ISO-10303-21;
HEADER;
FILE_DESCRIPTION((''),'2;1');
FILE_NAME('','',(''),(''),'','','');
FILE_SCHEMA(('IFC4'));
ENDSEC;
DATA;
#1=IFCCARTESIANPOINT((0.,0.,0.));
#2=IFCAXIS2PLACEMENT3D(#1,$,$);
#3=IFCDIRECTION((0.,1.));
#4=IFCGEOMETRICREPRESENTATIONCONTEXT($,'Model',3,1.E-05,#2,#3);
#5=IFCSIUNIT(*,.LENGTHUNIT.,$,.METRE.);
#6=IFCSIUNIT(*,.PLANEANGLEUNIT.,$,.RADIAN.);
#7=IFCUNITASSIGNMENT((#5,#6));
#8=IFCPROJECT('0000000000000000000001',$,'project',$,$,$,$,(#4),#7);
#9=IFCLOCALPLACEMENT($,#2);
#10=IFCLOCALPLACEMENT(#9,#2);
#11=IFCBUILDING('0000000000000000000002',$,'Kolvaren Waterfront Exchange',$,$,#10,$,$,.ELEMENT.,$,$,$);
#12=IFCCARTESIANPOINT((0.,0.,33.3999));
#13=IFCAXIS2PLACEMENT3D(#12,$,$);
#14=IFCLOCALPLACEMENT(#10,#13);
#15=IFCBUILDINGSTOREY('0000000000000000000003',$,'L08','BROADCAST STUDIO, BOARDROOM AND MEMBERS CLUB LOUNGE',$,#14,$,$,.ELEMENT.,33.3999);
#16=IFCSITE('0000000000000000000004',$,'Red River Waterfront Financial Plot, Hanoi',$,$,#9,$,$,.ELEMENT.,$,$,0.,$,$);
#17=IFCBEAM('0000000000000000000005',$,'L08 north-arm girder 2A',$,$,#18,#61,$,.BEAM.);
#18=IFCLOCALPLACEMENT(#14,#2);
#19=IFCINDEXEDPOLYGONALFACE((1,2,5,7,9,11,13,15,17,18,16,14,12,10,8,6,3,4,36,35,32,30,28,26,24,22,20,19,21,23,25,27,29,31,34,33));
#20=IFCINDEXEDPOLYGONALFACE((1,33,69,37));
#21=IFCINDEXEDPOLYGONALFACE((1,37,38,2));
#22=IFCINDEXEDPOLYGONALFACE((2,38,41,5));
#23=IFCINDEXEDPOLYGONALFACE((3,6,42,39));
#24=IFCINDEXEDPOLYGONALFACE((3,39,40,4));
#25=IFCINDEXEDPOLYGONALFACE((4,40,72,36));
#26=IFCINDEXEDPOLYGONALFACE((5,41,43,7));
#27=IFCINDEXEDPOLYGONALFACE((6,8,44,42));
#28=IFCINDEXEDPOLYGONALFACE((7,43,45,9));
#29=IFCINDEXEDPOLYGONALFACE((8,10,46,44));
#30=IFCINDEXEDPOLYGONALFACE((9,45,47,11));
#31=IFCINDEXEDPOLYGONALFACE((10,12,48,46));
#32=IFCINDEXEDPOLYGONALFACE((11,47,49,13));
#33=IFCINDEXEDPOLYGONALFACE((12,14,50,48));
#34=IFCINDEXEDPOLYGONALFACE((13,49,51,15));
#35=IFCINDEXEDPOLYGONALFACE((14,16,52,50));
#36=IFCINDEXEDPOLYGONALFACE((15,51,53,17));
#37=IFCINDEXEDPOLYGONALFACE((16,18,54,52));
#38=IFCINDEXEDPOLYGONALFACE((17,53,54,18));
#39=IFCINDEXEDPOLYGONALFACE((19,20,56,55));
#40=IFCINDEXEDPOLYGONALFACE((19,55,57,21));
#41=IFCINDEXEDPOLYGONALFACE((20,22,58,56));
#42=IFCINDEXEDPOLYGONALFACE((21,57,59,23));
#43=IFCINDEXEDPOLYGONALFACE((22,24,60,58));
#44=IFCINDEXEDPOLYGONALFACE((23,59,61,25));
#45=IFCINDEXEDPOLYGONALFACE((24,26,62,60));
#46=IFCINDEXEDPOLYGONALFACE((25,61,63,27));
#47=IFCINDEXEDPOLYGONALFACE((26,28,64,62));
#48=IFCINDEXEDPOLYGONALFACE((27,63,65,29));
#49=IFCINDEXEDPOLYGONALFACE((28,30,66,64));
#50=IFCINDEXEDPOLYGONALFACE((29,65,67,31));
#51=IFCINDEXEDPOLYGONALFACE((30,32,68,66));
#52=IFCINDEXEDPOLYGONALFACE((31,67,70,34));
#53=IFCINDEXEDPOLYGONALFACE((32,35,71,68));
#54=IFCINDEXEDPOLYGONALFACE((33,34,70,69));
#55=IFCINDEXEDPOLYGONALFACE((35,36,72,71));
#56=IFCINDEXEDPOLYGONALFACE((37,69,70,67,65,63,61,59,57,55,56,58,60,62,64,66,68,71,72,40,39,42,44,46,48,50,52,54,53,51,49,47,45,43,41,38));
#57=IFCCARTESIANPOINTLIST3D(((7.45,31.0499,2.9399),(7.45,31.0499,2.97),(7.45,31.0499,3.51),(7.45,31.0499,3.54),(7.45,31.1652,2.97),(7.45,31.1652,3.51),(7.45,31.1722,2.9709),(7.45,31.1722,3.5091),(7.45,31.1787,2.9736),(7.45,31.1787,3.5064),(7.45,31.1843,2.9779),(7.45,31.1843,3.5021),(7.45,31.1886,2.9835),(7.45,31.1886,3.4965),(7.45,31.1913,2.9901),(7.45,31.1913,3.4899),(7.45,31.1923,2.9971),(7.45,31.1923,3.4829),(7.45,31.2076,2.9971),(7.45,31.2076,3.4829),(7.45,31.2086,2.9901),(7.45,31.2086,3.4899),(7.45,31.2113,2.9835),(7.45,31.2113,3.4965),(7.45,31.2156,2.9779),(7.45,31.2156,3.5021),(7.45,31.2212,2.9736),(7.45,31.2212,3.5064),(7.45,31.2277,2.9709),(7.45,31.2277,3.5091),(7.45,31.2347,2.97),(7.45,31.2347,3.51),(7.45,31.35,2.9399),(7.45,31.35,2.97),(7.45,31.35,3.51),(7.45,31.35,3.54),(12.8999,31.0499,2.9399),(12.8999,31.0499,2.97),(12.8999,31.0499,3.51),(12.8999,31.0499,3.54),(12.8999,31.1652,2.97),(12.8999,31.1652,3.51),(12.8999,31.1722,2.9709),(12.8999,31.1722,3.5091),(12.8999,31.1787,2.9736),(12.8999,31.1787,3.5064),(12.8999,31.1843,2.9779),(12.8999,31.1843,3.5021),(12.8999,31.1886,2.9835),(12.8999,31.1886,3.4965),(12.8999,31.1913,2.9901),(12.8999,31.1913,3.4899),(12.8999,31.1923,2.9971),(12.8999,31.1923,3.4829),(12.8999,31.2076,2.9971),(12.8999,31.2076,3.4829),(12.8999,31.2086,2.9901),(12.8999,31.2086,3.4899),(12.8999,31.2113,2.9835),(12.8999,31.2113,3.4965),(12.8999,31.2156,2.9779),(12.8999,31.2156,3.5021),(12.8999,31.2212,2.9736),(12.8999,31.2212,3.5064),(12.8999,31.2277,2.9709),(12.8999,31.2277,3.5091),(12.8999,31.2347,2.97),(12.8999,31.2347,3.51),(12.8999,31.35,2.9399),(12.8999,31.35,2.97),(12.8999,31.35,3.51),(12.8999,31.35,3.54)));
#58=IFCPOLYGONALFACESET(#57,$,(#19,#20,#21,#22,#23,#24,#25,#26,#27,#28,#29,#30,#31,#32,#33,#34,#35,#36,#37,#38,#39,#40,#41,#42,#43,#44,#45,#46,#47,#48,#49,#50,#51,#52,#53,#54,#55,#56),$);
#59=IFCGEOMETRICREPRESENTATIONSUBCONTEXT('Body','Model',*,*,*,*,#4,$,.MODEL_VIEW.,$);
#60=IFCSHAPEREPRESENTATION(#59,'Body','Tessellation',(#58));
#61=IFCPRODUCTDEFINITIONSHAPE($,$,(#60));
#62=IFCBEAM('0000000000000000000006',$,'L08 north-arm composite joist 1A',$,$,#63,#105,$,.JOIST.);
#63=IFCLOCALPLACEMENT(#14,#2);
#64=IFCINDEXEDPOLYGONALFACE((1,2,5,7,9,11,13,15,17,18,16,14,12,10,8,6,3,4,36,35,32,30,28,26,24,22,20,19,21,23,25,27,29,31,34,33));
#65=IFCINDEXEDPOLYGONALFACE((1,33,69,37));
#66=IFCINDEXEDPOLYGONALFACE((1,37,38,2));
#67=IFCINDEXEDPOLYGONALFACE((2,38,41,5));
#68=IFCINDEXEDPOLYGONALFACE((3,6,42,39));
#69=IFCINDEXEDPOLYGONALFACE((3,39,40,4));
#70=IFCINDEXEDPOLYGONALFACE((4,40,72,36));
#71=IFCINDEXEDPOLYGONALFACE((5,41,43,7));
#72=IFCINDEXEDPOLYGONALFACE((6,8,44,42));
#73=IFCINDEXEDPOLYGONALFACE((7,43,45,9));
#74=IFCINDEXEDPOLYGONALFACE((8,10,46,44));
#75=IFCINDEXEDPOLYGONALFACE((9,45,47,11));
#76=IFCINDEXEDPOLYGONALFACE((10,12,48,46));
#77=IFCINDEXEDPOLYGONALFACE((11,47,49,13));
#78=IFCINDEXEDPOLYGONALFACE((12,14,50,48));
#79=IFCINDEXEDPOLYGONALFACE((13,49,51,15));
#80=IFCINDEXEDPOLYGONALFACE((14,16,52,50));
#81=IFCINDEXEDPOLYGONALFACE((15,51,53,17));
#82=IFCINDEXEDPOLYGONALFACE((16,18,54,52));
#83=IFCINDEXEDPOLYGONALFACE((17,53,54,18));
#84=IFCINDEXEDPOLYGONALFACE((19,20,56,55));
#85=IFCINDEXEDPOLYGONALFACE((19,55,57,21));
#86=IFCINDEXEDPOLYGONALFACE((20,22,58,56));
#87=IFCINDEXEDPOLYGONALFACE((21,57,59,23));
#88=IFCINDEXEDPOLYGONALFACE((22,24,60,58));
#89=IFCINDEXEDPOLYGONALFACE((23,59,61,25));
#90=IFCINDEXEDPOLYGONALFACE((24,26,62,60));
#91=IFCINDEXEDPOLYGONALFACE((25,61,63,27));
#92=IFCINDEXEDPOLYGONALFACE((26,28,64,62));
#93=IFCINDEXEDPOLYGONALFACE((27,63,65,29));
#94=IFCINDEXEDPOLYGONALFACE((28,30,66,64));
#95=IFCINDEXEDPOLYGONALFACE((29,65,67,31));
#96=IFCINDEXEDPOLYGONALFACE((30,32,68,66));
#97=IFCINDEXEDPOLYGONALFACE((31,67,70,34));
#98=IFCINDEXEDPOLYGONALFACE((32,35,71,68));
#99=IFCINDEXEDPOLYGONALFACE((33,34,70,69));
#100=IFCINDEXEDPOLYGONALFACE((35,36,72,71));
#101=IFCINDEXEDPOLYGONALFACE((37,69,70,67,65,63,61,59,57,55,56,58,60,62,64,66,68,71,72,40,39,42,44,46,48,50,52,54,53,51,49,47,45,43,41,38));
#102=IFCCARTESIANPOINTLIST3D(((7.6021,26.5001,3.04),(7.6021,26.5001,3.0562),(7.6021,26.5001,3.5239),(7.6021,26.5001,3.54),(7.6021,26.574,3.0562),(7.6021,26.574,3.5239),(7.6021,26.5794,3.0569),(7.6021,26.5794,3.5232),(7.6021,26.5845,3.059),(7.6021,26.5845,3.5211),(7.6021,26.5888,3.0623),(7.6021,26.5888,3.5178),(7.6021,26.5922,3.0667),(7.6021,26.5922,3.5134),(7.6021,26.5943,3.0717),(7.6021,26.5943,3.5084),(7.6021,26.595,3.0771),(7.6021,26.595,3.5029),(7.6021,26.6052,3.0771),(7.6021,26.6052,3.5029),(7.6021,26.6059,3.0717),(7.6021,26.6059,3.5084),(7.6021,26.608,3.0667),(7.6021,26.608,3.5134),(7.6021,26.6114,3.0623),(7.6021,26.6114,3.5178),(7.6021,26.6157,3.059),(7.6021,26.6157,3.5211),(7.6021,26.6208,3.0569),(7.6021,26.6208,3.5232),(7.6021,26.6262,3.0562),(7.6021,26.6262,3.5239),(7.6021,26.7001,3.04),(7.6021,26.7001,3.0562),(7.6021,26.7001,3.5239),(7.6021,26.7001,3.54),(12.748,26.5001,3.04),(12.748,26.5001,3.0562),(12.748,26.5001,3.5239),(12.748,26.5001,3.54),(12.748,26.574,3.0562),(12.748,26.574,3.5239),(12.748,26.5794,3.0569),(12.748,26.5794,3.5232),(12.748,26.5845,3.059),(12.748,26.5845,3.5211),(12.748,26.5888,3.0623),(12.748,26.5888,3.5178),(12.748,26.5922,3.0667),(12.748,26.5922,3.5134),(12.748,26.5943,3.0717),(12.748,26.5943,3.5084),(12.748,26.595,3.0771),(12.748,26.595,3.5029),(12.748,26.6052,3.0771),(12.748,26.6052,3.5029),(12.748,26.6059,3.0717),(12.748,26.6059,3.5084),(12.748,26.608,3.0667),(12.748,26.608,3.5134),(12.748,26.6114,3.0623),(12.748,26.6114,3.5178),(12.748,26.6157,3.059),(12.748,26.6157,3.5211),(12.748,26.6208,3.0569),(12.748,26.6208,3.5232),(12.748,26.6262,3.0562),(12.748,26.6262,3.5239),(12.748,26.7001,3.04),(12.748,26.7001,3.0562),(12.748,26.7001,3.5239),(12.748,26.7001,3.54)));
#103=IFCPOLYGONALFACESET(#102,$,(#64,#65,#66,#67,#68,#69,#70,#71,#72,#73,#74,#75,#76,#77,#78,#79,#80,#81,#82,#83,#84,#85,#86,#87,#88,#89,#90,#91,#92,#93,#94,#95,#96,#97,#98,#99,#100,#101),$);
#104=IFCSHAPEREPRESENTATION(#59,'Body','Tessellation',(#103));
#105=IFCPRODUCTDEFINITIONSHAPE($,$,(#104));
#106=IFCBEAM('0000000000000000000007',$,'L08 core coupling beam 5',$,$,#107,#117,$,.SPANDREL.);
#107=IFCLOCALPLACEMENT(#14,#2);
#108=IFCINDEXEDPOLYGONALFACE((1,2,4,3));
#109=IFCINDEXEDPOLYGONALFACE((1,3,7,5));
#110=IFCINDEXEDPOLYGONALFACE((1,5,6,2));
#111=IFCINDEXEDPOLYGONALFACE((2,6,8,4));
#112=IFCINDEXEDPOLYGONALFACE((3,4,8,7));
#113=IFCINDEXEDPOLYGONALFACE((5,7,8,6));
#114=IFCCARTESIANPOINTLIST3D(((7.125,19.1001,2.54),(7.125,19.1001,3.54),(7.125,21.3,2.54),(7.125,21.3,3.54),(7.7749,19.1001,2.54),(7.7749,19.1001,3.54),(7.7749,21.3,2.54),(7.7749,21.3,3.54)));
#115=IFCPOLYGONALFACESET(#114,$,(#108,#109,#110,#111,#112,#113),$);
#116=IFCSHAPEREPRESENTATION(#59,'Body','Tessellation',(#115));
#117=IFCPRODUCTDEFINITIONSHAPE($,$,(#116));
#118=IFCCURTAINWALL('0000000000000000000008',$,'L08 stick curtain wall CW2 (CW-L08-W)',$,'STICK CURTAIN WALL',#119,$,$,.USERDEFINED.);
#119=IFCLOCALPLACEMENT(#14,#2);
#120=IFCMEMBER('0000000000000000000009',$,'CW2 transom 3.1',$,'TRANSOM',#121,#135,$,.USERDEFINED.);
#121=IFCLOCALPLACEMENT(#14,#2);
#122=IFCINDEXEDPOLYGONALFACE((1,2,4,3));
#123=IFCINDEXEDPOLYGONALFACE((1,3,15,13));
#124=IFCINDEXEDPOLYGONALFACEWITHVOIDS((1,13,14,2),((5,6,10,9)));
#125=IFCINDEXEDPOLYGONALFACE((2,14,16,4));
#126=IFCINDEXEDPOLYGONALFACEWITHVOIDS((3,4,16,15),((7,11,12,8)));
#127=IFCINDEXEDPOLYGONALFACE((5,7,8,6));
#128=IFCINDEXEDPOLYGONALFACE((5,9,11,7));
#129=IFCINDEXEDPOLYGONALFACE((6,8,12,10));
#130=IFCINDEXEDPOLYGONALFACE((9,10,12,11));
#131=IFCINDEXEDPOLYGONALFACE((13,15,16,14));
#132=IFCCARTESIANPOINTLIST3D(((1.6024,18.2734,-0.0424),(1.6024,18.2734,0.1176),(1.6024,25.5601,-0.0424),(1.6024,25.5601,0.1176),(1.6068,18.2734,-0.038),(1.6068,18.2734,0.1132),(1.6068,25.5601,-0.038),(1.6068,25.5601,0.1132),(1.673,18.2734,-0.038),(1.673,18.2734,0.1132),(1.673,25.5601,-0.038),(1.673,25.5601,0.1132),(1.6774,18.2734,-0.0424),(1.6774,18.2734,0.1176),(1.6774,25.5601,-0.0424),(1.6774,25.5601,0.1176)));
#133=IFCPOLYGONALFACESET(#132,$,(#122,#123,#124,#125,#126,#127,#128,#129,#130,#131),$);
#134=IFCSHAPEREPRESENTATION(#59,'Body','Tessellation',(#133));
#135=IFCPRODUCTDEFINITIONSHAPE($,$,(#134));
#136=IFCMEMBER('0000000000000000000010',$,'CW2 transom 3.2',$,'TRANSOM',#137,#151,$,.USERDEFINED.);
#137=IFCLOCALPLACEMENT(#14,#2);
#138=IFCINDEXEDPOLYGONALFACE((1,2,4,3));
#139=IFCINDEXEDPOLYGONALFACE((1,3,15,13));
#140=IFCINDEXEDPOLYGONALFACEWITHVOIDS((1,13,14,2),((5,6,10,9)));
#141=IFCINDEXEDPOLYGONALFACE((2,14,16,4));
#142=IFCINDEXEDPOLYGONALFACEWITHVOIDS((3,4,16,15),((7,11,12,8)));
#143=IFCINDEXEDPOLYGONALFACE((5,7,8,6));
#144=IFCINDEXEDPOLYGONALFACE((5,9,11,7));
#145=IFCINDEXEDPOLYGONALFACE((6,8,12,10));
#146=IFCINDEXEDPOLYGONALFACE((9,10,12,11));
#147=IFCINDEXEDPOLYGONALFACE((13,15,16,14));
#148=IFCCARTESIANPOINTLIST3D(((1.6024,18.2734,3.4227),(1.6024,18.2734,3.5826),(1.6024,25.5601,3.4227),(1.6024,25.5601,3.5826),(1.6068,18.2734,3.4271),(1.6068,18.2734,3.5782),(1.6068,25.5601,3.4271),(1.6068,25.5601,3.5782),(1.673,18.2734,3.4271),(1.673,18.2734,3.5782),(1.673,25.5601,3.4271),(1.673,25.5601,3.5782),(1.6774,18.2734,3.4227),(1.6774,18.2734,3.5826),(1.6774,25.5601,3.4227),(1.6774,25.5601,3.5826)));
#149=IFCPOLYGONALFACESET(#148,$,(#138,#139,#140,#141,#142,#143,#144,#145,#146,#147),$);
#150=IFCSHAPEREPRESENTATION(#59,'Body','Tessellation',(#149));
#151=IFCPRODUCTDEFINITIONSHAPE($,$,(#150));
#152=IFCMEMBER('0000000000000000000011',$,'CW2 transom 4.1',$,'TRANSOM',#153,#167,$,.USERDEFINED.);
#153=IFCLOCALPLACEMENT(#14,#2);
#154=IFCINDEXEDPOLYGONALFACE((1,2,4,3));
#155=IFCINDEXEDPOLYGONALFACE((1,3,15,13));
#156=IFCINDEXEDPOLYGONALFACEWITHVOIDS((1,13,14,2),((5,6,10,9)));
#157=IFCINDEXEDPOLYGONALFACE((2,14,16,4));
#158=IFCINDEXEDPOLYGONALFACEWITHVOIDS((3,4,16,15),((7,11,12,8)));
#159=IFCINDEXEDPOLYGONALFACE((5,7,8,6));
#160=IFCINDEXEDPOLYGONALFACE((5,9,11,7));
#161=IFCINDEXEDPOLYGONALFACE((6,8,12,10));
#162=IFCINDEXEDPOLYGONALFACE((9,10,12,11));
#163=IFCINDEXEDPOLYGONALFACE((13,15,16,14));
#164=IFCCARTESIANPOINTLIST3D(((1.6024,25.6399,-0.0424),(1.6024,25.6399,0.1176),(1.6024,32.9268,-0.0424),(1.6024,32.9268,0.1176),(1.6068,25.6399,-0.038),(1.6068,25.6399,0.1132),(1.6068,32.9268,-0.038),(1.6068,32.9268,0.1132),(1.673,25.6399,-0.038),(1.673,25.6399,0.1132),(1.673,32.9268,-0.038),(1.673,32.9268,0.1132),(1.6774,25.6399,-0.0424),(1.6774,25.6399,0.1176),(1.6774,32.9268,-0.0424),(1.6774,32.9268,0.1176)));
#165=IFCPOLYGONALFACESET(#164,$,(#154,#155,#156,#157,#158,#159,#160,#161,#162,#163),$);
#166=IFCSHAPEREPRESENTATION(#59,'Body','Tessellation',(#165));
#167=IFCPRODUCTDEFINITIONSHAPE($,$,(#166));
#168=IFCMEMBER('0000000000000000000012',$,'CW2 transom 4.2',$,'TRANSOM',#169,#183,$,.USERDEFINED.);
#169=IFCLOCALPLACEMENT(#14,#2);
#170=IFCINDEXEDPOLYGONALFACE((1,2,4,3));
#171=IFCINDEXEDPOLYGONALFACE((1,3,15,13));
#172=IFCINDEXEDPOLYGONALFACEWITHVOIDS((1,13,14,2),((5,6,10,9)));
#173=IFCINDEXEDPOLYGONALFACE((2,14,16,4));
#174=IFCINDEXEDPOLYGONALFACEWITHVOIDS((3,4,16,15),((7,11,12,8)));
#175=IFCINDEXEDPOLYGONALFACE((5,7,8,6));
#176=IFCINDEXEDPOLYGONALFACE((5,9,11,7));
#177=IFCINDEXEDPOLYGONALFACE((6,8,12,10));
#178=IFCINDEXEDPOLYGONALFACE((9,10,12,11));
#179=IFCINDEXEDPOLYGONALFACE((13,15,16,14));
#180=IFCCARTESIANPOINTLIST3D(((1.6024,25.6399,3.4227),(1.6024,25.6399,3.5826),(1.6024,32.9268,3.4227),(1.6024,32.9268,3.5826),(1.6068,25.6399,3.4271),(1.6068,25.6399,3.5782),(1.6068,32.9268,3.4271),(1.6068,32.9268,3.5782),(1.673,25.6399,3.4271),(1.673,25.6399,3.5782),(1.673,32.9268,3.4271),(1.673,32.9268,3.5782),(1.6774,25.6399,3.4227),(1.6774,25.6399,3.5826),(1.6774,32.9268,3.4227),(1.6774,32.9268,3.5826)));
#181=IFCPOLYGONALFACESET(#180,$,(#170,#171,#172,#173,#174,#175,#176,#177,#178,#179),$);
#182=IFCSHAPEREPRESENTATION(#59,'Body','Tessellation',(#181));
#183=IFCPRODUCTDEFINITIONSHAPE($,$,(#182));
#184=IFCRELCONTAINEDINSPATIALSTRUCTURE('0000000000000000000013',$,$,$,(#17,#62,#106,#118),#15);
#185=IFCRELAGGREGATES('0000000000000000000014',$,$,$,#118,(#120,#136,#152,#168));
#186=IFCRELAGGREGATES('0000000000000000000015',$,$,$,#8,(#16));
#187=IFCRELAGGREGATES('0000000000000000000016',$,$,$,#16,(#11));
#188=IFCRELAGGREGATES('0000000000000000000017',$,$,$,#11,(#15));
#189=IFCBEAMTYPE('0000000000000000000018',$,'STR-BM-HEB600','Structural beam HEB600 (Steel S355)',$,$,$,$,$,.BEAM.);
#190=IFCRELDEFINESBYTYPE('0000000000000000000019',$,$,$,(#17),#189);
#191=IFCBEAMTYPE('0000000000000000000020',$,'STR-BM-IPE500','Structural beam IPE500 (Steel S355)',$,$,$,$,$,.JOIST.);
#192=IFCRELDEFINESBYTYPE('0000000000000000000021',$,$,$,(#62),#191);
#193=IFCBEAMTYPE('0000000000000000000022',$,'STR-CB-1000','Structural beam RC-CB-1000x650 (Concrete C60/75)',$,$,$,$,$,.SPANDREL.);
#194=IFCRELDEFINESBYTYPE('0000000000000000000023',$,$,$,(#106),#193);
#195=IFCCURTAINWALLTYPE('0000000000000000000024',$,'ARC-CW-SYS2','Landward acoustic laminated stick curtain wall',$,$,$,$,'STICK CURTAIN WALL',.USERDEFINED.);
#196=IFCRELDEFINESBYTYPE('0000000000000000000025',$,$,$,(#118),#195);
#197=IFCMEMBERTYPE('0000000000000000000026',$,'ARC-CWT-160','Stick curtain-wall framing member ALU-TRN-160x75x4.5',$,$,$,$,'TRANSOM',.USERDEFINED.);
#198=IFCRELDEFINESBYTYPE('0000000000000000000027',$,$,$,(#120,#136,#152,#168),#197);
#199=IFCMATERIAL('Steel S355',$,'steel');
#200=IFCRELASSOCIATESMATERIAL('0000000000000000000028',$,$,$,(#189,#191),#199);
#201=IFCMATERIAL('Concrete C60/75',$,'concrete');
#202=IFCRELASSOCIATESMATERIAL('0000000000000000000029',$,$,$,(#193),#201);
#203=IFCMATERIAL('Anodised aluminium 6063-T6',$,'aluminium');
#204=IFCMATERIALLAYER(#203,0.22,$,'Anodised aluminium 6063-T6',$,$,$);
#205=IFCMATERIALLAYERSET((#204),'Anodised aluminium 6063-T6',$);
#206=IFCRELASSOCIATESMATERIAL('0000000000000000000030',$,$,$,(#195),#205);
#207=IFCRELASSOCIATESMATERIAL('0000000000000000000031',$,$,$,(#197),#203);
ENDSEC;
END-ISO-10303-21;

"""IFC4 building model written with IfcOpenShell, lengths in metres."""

from ifc_helpers import new_model, si_unit, direction, frame, origin, origin_with_axes, origin_2d, place, context, subcontext, project, spatial, rectangle, hollow_rectangle, i_section, extrude, source, transform, mapped, material, layer, layer_set, material_profile, profile_set, type_object, element, aggregate, save


model = new_model("IFC4")

# Units and contexts
model_context = context("Model", 3, precision=1e-05, world=origin(), true_north=direction((0.0, 1.0)))
body_context = subcontext(model_context, "Body", "Model", "MODEL_VIEW")
ifc_project = project(units=[si_unit("LENGTHUNIT", "METRE"), si_unit("PLANEANGLEUNIT", "RADIAN")], contexts=[model_context])

# Site, building, storey
site_placement = place(None, origin())
site = spatial("IfcSite", under=ifc_project, at=site_placement, Name="Red River Waterfront Financial Plot, Hanoi", CompositionType="ELEMENT", RefElevation=0.0)
building_placement = place(site_placement, origin())
building = spatial("IfcBuilding", under=site, at=building_placement, Name="Kolvaren Waterfront Exchange", CompositionType="ELEMENT")
storey_placement = place(building_placement, frame((0.0, 0.0, 33.3999)))
storey = spatial("IfcBuildingStorey", under=building, at=storey_placement, Name="L08", Description="BROADCAST STUDIO, BOARDROOM AND MEMBERS CLUB LOUNGE", CompositionType="ELEMENT", Elevation=33.3999)

# Beams
ifc_material_1 = material(Name="Steel S355", Category="steel")
ifc_material_profile_1 = material_profile(ifc_material_1, i_section(OverallWidth=0.3, OverallDepth=0.6001, WebThickness=0.0154, FlangeThickness=0.03, FilletRadius=0.0271, at=origin_2d()), Name="HEB600")
ifc_profile_set_1 = profile_set([ifc_material_profile_1], Name="Steel S355")
beam_type_1 = type_object("IfcBeamType", Name="STR-BM-HEB600", Description="Structural beam HEB600 (Steel S355)", PredefinedType="BEAM", material=ifc_profile_set_1)
for number, where, z_axis, x_axis, name in (
    (1, (7.45, 31.2, 3.24), (1.0, 0.0, 0.0), (0.0, 1.0, 0.0), "L08 north-arm girder 2A"),
):
    element("IfcBeam", number, at=place(storey_placement, frame(where, z_axis=z_axis, x_axis=x_axis)), inside=storey, type_object=beam_type_1, Name=name, PredefinedType="BEAM", context=body_context, shape_type="SweptSolid", body=[
        extrude(i_section(OverallWidth=0.3, OverallDepth=0.6001, WebThickness=0.0154, FlangeThickness=0.03, FilletRadius=0.0271, at=origin_2d()), origin(), (0.0, 0.0, 1.0), 5.45),
    ])
ifc_material_profile_2 = material_profile(ifc_material_1, i_section(OverallWidth=0.2, OverallDepth=0.5, WebThickness=0.0103, FlangeThickness=0.0161, FilletRadius=0.021, at=origin_2d()), Name="IPE500")
ifc_profile_set_2 = profile_set([ifc_material_profile_2], Name="Steel S355")
beam_type_2 = type_object("IfcBeamType", Name="STR-BM-IPE500", Description="Structural beam IPE500 (Steel S355)", PredefinedType="JOIST", material=ifc_profile_set_2)
beam_1_placement = place(storey_placement, frame((7.6021, 26.6001, 3.29), z_axis=(1.0, 0.0, 0.0), x_axis=(0.0, 1.0, 0.0)))
element("IfcBeam", 2, at=beam_1_placement, inside=storey, type_object=beam_type_2, Name="L08 north-arm composite joist 1A", PredefinedType="JOIST", context=body_context, shape_type="SweptSolid", body=[
    extrude(i_section(OverallWidth=0.2, OverallDepth=0.5, WebThickness=0.0103, FlangeThickness=0.0161, FilletRadius=0.021, at=origin_2d()), origin(), (0.0, 0.0, 1.0), 5.146),
])
ifc_material_2 = material(Name="Concrete C60/75", Category="concrete")
ifc_material_profile_3 = material_profile(ifc_material_2, rectangle(XDim=0.6499, YDim=1.0, at=origin_2d()), Name="RC-CB-1000x650")
ifc_profile_set_3 = profile_set([ifc_material_profile_3], Name="Concrete C60/75")
beam_type_3 = type_object("IfcBeamType", Name="STR-CB-1000", Description="Structural beam RC-CB-1000x650 (Concrete C60/75)", PredefinedType="SPANDREL", material=ifc_profile_set_3)
beam_2_placement = place(storey_placement, frame((7.45, 19.1001, 3.04), z_axis=(0.0, 1.0, 0.0), x_axis=(-1.0, 0.0, 0.0)))
element("IfcBeam", 3, at=beam_2_placement, inside=storey, type_object=beam_type_3, Name="L08 core coupling beam 5", PredefinedType="SPANDREL", context=body_context, shape_type="SweptSolid", body=[
    extrude(rectangle(XDim=0.6499, YDim=1.0, at=origin_2d()), origin(), (0.0, 0.0, 1.0), 2.2),
])

# Curtain wall, members
ifc_material_3 = material(Name="Anodised aluminium 6063-T6", Category="aluminium")
ifc_layer_1 = layer(ifc_material_3, 0.22, Name="Anodised aluminium 6063-T6")
ifc_layer_set_1 = layer_set([ifc_layer_1], Name="Anodised aluminium 6063-T6")
curtain_wall_type = type_object("IfcCurtainWallType", Name="ARC-CW-SYS2", Description="Landward acoustic laminated stick curtain wall", ElementType="STICK CURTAIN WALL", PredefinedType="USERDEFINED", material=ifc_layer_set_1)
curtain_wall_placement = place(storey_placement, origin())
curtain_wall = element("IfcCurtainWall", 4, at=curtain_wall_placement, inside=storey, type_object=curtain_wall_type, Name="L08 stick curtain wall CW2 (CW-L08-W)", ObjectType="STICK CURTAIN WALL", PredefinedType="USERDEFINED")
ifc_material_profile_4 = material_profile(ifc_material_3, hollow_rectangle(XDim=0.075, YDim=0.1599, WallThickness=0.0044, at=origin_2d()), Name="ALU-TRN-160x75x4.5")
ifc_profile_set_4 = profile_set([ifc_material_profile_4], Name="Anodised aluminium 6063-T6")
member_type_1 = type_object("IfcMemberType", Name="ARC-CWT-160", Description="Stick curtain-wall framing member ALU-TRN-160x75x4.5", ElementType="TRANSOM", PredefinedType="USERDEFINED", material=ifc_profile_set_4)
shared_shape_1 = source(origin_with_axes(), body_context, "Body", "SweptSolid", [
    extrude(hollow_rectangle(XDim=0.075, YDim=0.1599, WallThickness=0.0044, at=origin_2d()), origin(), (0.0, 0.0, 1.0), 7.2866),
])
member_1_placement = place(storey_placement, frame((1.6399, 18.2734, 0.0376), z_axis=(0.0, 1.0, 0.0), x_axis=(-1.0, 0.0, 0.0)))
member_1 = element("IfcMember", 5, at=member_1_placement, type_object=member_type_1, Name="CW2 transom 3.1", ObjectType="TRANSOM", PredefinedType="USERDEFINED", context=body_context, shape_type="MappedRepresentation", body=[
    mapped(shared_shape_1, transform((0.0, 0.0, 0.0), x_axis=(1.0, 0.0, 0.0), y_axis=(0.0, 1.0, 0.0), z_axis=(0.0, 0.0, 1.0), scale=1.0)),
])
member_2_placement = place(storey_placement, frame((1.6399, 18.2734, 3.5027), z_axis=(0.0, 1.0, 0.0), x_axis=(-1.0, 0.0, 0.0)))
member_2 = element("IfcMember", 6, at=member_2_placement, type_object=member_type_1, Name="CW2 transom 3.2", ObjectType="TRANSOM", PredefinedType="USERDEFINED", context=body_context, shape_type="MappedRepresentation", body=[
    mapped(shared_shape_1, transform((0.0, 0.0, 0.0), x_axis=(1.0, 0.0, 0.0), y_axis=(0.0, 1.0, 0.0), z_axis=(0.0, 0.0, 1.0), scale=1.0)),
])
shared_shape_2 = source(origin_with_axes(), body_context, "Body", "SweptSolid", [
    extrude(hollow_rectangle(XDim=0.075, YDim=0.1599, WallThickness=0.0044, at=origin_2d()), origin(), (0.0, 0.0, 1.0), 7.2869),
])
member_3_placement = place(storey_placement, frame((1.6399, 25.6399, 0.0376), z_axis=(0.0, 1.0, 0.0), x_axis=(-1.0, 0.0, 0.0)))
member_3 = element("IfcMember", 7, at=member_3_placement, type_object=member_type_1, Name="CW2 transom 4.1", ObjectType="TRANSOM", PredefinedType="USERDEFINED", context=body_context, shape_type="MappedRepresentation", body=[
    mapped(shared_shape_2, transform((0.0, 0.0, 0.0), x_axis=(1.0, 0.0, 0.0), y_axis=(0.0, 1.0, 0.0), z_axis=(0.0, 0.0, 1.0), scale=1.0)),
])
member_4_placement = place(storey_placement, frame((1.6399, 25.6399, 3.5027), z_axis=(0.0, 1.0, 0.0), x_axis=(-1.0, 0.0, 0.0)))
member_4 = element("IfcMember", 8, at=member_4_placement, type_object=member_type_1, Name="CW2 transom 4.2", ObjectType="TRANSOM", PredefinedType="USERDEFINED", context=body_context, shape_type="MappedRepresentation", body=[
    mapped(shared_shape_2, transform((0.0, 0.0, 0.0), x_axis=(1.0, 0.0, 0.0), y_axis=(0.0, 1.0, 0.0), z_axis=(0.0, 0.0, 1.0), scale=1.0)),
])
aggregate(curtain_wall, [member_1, member_2, member_3, member_4])

save(model, "model.ifc")
